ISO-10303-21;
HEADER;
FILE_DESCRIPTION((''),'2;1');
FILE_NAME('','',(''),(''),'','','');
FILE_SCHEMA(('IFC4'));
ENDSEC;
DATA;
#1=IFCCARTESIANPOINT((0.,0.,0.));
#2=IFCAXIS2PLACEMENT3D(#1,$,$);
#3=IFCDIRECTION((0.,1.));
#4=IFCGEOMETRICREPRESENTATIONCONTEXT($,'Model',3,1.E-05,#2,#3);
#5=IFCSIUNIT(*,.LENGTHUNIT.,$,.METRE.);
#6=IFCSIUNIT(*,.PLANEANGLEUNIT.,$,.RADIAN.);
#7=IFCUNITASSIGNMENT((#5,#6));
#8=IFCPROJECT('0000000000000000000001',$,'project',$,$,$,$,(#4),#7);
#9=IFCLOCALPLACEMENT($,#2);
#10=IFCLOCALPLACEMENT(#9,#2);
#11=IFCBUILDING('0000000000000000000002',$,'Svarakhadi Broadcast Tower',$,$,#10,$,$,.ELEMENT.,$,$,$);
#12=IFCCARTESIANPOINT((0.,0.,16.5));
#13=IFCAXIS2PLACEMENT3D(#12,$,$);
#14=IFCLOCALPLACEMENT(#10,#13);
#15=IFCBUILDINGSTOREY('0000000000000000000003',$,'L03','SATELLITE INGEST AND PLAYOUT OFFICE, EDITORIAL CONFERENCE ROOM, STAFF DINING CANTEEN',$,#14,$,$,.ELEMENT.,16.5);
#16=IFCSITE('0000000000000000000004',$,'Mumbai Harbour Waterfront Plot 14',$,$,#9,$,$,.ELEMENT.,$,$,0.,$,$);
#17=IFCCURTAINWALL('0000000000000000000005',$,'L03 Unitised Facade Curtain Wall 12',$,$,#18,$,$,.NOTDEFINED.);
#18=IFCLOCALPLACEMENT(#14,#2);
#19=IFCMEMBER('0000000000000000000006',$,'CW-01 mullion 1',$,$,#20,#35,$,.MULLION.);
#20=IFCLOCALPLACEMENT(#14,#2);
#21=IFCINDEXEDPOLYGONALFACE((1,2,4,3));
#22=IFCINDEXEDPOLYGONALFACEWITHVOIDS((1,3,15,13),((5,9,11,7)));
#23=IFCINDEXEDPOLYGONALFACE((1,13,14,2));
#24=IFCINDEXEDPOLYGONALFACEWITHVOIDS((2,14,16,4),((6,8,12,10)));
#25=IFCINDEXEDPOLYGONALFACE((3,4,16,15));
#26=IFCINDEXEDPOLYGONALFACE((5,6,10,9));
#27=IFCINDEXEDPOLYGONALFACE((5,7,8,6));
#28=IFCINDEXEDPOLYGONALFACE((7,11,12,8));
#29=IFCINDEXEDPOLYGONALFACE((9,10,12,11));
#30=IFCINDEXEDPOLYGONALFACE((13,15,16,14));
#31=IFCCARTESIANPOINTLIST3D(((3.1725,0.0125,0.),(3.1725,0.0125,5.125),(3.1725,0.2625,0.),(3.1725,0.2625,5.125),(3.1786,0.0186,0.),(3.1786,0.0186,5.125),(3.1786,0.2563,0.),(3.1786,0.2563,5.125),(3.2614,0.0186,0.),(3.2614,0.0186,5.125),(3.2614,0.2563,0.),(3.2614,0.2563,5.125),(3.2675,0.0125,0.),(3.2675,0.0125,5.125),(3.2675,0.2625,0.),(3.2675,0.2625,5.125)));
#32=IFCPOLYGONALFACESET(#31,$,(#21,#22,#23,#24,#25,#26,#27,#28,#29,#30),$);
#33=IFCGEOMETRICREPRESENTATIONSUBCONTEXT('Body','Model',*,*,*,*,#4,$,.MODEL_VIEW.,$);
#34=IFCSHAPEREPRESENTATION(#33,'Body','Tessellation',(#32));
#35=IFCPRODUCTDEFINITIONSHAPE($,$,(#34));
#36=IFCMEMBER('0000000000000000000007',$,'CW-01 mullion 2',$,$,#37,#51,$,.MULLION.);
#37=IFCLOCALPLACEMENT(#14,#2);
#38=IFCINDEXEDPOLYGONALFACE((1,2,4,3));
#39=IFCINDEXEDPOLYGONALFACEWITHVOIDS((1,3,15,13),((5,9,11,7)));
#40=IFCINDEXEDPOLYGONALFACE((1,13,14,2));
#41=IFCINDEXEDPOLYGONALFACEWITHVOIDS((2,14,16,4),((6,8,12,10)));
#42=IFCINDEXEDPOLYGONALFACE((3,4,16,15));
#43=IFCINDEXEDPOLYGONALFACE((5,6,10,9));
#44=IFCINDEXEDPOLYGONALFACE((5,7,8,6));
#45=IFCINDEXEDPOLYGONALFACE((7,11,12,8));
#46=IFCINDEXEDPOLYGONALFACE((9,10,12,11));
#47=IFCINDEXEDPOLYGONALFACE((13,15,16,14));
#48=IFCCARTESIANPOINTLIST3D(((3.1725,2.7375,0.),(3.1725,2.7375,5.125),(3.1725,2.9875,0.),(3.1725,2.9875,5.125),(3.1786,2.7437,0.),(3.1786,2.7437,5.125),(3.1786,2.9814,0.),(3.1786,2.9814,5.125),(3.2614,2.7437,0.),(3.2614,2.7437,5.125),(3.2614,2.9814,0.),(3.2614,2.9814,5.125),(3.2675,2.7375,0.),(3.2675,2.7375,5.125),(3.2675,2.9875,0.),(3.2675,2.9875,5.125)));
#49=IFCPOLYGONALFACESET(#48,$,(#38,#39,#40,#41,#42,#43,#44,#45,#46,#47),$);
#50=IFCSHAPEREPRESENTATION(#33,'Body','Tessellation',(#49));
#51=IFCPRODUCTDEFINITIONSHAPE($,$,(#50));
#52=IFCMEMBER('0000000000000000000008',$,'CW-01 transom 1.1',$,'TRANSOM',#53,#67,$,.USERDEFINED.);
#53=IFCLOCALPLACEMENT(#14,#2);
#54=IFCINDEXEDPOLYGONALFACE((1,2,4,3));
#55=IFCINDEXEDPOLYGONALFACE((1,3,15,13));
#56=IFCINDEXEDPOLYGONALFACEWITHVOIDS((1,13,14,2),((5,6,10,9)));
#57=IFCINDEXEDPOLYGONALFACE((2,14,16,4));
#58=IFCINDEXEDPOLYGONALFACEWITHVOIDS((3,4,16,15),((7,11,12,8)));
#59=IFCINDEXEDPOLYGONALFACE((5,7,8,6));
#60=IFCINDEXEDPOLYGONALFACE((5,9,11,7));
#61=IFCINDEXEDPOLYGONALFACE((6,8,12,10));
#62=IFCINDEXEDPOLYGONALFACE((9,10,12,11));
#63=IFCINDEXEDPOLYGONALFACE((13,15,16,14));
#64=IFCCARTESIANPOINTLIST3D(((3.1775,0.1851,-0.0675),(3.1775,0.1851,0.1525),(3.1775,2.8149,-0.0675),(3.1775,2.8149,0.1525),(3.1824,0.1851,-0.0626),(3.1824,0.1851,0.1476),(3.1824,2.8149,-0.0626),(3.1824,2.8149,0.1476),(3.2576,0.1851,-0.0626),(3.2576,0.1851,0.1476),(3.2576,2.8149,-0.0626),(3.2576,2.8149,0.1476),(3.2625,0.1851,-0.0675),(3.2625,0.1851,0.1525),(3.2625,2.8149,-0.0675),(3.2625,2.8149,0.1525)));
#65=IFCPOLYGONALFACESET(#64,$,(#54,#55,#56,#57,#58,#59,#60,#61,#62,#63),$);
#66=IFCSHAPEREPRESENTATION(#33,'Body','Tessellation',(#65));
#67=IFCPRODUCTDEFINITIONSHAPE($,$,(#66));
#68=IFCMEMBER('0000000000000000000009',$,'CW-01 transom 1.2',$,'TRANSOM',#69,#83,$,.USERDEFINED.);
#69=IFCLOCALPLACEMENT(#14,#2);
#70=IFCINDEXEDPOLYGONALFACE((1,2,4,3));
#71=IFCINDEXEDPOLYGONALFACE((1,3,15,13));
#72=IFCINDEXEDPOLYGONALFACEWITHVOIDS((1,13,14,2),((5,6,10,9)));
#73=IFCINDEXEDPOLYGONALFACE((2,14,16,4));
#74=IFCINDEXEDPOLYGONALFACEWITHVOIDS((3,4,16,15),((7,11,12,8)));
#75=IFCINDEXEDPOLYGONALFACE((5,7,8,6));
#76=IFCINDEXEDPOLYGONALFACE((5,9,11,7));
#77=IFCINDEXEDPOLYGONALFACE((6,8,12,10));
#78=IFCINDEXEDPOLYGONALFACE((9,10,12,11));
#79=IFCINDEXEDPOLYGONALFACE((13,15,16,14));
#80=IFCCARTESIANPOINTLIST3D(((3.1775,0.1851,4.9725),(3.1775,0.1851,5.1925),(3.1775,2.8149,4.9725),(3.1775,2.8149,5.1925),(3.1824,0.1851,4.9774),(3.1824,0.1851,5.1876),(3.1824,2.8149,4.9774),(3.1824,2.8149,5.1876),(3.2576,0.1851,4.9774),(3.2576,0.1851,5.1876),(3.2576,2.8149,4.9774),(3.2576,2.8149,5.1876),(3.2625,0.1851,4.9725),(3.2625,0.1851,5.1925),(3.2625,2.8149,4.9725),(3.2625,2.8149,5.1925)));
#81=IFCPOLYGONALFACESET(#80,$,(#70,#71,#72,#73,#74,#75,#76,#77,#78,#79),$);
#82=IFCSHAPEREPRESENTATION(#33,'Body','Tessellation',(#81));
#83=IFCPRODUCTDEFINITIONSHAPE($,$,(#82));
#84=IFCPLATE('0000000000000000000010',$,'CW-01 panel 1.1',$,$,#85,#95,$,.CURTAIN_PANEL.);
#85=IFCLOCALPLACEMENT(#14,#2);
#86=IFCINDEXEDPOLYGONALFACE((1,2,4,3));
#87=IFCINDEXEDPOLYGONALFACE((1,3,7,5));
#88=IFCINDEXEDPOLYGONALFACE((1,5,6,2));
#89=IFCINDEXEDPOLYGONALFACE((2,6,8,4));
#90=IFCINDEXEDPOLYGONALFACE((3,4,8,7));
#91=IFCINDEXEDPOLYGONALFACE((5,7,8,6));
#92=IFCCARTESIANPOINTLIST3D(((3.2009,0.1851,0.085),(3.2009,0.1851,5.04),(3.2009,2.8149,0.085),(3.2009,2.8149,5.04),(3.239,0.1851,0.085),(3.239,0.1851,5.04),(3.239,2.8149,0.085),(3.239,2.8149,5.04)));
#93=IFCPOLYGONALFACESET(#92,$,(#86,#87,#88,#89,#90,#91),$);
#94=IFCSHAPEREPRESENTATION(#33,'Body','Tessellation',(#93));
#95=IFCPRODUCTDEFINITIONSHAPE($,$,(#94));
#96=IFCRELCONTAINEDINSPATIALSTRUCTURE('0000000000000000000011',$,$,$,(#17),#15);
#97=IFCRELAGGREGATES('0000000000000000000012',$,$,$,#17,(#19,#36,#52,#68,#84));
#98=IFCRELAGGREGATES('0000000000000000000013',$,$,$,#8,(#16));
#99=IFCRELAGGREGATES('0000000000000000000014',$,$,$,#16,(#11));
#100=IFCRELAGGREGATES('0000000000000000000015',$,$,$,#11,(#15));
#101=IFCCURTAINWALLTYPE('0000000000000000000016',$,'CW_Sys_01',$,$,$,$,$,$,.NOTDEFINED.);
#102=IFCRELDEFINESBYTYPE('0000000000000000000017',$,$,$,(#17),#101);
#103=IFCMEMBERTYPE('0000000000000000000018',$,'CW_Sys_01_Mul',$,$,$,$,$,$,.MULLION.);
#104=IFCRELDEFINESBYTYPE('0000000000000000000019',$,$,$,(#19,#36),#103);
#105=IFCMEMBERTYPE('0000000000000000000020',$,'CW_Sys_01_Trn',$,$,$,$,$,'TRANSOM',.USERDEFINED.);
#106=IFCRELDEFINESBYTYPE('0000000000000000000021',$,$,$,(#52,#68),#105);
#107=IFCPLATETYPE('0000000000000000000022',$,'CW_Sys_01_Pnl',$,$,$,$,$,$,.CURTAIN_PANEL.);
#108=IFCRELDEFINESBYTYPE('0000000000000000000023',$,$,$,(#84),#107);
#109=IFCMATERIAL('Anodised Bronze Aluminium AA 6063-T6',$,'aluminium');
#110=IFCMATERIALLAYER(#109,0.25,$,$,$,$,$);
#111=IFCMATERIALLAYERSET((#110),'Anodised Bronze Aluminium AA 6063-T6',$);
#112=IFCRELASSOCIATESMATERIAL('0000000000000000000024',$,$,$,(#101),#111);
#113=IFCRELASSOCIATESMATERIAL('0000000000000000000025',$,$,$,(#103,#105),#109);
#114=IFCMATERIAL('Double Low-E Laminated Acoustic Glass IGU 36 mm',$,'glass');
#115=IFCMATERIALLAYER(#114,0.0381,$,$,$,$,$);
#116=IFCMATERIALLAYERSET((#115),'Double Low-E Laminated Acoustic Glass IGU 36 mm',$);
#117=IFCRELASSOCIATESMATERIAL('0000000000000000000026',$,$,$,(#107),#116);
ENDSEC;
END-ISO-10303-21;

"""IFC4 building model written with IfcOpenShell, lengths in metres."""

from ifc_helpers import new_model, si_unit, direction, frame, origin, origin_2d, place, context, subcontext, project, spatial, rectangle, hollow_rectangle, extrude, material, layer, layer_set, material_profile, profile_set, type_object, element, aggregate, save


model = new_model("IFC4")

# Units and contexts
model_context = context("Model", 3, precision=1e-05, world=origin(), true_north=direction((0.0, 1.0)))
body_context = subcontext(model_context, "Body", "Model", "MODEL_VIEW")
ifc_project = project(units=[si_unit("LENGTHUNIT", "METRE"), si_unit("PLANEANGLEUNIT", "RADIAN")], contexts=[model_context])

# Site, building, storey
site_placement = place(None, origin())
site = spatial("IfcSite", under=ifc_project, at=site_placement, Name="Mumbai Harbour Waterfront Plot 14", CompositionType="ELEMENT", RefElevation=0.0)
building_placement = place(site_placement, origin())
building = spatial("IfcBuilding", under=site, at=building_placement, Name="Svarakhadi Broadcast Tower", CompositionType="ELEMENT")
storey_placement = place(building_placement, frame((0.0, 0.0, 16.5)))
storey = spatial("IfcBuildingStorey", under=building, at=storey_placement, Name="L03", Description="SATELLITE INGEST AND PLAYOUT OFFICE, EDITORIAL CONFERENCE ROOM, STAFF DINING CANTEEN", CompositionType="ELEMENT", Elevation=16.5)

# Curtain wall, members, plate
ifc_material_1 = material(Name="Anodised Bronze Aluminium AA 6063-T6", Category="aluminium")
ifc_layer_1 = layer(ifc_material_1, 0.25)
ifc_layer_set_1 = layer_set([ifc_layer_1], Name="Anodised Bronze Aluminium AA 6063-T6")
curtain_wall_type = type_object("IfcCurtainWallType", Name="CW_Sys_01", PredefinedType="NOTDEFINED", material=ifc_layer_set_1)
curtain_wall_placement = place(storey_placement, origin())
curtain_wall = element("IfcCurtainWall", 1, at=curtain_wall_placement, inside=storey, type_object=curtain_wall_type, Name="L03 Unitised Facade Curtain Wall 12", PredefinedType="NOTDEFINED")
ifc_material_profile_1 = material_profile(ifc_material_1, hollow_rectangle(XDim=0.095, YDim=0.25, WallThickness=0.0061, at=origin_2d()), Name="ALU MULLION 250x95x6")
ifc_profile_set_1 = profile_set([ifc_material_profile_1], Name="Anodised Bronze Aluminium AA 6063-T6")
member_type_1 = type_object("IfcMemberType", Name="CW_Sys_01_Mul", PredefinedType="MULLION", material=ifc_profile_set_1)
member_1_placement = place(storey_placement, frame((3.22, 0.1375, 0.0), z_axis=(0.0, 0.0, 1.0), x_axis=(-1.0, 0.0, 0.0)))
member_1 = element("IfcMember", 2, at=member_1_placement, type_object=member_type_1, Name="CW-01 mullion 1", PredefinedType="MULLION", context=body_context, shape_type="SweptSolid", body=[
    extrude(hollow_rectangle(XDim=0.095, YDim=0.25, WallThickness=0.0061, at=origin_2d()), origin(), (0.0, 0.0, 1.0), 5.125),
])
member_2_placement = place(storey_placement, frame((3.22, 2.8625, 0.0), z_axis=(0.0, 0.0, 1.0), x_axis=(-1.0, 0.0, 0.0)))
member_2 = element("IfcMember", 3, at=member_2_placement, type_object=member_type_1, Name="CW-01 mullion 2", PredefinedType="MULLION", context=body_context, shape_type="SweptSolid", body=[
    extrude(hollow_rectangle(XDim=0.095, YDim=0.25, WallThickness=0.0061, at=origin_2d()), origin(), (0.0, 0.0, 1.0), 5.125),
])
ifc_material_profile_2 = material_profile(ifc_material_1, hollow_rectangle(XDim=0.085, YDim=0.22, WallThickness=0.0049, at=origin_2d()), Name="ALU TRANSOM 220x85x5")
ifc_profile_set_2 = profile_set([ifc_material_profile_2], Name="Anodised Bronze Aluminium AA 6063-T6")
member_type_2 = type_object("IfcMemberType", Name="CW_Sys_01_Trn", ElementType="TRANSOM", PredefinedType="USERDEFINED", material=ifc_profile_set_2)
member_3_placement = place(storey_placement, frame((3.22, 0.1851, 0.0425), z_axis=(0.0, 1.0, 0.0), x_axis=(-1.0, 0.0, 0.0)))
member_3 = element("IfcMember", 4, at=member_3_placement, type_object=member_type_2, Name="CW-01 transom 1.1", ObjectType="TRANSOM", PredefinedType="USERDEFINED", context=body_context, shape_type="SweptSolid", body=[
    extrude(hollow_rectangle(XDim=0.085, YDim=0.22, WallThickness=0.0049, at=origin_2d()), origin(), (0.0, 0.0, 1.0), 2.6299),
])
member_4_placement = place(storey_placement, frame((3.22, 0.1851, 5.0825), z_axis=(0.0, 1.0, 0.0), x_axis=(-1.0, 0.0, 0.0)))
member_4 = element("IfcMember", 5, at=member_4_placement, type_object=member_type_2, Name="CW-01 transom 1.2", ObjectType="TRANSOM", PredefinedType="USERDEFINED", context=body_context, shape_type="SweptSolid", body=[
    extrude(hollow_rectangle(XDim=0.085, YDim=0.22, WallThickness=0.0049, at=origin_2d()), origin(), (0.0, 0.0, 1.0), 2.6299),
])
ifc_material_2 = material(Name="Double Low-E Laminated Acoustic Glass IGU 36 mm", Category="glass")
ifc_layer_2 = layer(ifc_material_2, 0.0381)
ifc_layer_set_2 = layer_set([ifc_layer_2], Name="Double Low-E Laminated Acoustic Glass IGU 36 mm")
plate_type = type_object("IfcPlateType", Name="CW_Sys_01_Pnl", PredefinedType="CURTAIN_PANEL", material=ifc_layer_set_2)
plate_placement = place(storey_placement, frame((3.22, 1.5, 0.085), z_axis=(0.0, 0.0, 1.0), x_axis=(0.0, 1.0, 0.0)))
plate = element("IfcPlate", 6, at=plate_placement, type_object=plate_type, Name="CW-01 panel 1.1", PredefinedType="CURTAIN_PANEL", context=body_context, shape_type="SweptSolid", body=[
    extrude(rectangle(XDim=2.6299, YDim=0.0381, at=origin_2d()), origin(), (0.0, 0.0, 1.0), 4.9551),
])
aggregate(curtain_wall, [member_1, member_2, member_3, member_4, plate])

save(model, "model.ifc")
